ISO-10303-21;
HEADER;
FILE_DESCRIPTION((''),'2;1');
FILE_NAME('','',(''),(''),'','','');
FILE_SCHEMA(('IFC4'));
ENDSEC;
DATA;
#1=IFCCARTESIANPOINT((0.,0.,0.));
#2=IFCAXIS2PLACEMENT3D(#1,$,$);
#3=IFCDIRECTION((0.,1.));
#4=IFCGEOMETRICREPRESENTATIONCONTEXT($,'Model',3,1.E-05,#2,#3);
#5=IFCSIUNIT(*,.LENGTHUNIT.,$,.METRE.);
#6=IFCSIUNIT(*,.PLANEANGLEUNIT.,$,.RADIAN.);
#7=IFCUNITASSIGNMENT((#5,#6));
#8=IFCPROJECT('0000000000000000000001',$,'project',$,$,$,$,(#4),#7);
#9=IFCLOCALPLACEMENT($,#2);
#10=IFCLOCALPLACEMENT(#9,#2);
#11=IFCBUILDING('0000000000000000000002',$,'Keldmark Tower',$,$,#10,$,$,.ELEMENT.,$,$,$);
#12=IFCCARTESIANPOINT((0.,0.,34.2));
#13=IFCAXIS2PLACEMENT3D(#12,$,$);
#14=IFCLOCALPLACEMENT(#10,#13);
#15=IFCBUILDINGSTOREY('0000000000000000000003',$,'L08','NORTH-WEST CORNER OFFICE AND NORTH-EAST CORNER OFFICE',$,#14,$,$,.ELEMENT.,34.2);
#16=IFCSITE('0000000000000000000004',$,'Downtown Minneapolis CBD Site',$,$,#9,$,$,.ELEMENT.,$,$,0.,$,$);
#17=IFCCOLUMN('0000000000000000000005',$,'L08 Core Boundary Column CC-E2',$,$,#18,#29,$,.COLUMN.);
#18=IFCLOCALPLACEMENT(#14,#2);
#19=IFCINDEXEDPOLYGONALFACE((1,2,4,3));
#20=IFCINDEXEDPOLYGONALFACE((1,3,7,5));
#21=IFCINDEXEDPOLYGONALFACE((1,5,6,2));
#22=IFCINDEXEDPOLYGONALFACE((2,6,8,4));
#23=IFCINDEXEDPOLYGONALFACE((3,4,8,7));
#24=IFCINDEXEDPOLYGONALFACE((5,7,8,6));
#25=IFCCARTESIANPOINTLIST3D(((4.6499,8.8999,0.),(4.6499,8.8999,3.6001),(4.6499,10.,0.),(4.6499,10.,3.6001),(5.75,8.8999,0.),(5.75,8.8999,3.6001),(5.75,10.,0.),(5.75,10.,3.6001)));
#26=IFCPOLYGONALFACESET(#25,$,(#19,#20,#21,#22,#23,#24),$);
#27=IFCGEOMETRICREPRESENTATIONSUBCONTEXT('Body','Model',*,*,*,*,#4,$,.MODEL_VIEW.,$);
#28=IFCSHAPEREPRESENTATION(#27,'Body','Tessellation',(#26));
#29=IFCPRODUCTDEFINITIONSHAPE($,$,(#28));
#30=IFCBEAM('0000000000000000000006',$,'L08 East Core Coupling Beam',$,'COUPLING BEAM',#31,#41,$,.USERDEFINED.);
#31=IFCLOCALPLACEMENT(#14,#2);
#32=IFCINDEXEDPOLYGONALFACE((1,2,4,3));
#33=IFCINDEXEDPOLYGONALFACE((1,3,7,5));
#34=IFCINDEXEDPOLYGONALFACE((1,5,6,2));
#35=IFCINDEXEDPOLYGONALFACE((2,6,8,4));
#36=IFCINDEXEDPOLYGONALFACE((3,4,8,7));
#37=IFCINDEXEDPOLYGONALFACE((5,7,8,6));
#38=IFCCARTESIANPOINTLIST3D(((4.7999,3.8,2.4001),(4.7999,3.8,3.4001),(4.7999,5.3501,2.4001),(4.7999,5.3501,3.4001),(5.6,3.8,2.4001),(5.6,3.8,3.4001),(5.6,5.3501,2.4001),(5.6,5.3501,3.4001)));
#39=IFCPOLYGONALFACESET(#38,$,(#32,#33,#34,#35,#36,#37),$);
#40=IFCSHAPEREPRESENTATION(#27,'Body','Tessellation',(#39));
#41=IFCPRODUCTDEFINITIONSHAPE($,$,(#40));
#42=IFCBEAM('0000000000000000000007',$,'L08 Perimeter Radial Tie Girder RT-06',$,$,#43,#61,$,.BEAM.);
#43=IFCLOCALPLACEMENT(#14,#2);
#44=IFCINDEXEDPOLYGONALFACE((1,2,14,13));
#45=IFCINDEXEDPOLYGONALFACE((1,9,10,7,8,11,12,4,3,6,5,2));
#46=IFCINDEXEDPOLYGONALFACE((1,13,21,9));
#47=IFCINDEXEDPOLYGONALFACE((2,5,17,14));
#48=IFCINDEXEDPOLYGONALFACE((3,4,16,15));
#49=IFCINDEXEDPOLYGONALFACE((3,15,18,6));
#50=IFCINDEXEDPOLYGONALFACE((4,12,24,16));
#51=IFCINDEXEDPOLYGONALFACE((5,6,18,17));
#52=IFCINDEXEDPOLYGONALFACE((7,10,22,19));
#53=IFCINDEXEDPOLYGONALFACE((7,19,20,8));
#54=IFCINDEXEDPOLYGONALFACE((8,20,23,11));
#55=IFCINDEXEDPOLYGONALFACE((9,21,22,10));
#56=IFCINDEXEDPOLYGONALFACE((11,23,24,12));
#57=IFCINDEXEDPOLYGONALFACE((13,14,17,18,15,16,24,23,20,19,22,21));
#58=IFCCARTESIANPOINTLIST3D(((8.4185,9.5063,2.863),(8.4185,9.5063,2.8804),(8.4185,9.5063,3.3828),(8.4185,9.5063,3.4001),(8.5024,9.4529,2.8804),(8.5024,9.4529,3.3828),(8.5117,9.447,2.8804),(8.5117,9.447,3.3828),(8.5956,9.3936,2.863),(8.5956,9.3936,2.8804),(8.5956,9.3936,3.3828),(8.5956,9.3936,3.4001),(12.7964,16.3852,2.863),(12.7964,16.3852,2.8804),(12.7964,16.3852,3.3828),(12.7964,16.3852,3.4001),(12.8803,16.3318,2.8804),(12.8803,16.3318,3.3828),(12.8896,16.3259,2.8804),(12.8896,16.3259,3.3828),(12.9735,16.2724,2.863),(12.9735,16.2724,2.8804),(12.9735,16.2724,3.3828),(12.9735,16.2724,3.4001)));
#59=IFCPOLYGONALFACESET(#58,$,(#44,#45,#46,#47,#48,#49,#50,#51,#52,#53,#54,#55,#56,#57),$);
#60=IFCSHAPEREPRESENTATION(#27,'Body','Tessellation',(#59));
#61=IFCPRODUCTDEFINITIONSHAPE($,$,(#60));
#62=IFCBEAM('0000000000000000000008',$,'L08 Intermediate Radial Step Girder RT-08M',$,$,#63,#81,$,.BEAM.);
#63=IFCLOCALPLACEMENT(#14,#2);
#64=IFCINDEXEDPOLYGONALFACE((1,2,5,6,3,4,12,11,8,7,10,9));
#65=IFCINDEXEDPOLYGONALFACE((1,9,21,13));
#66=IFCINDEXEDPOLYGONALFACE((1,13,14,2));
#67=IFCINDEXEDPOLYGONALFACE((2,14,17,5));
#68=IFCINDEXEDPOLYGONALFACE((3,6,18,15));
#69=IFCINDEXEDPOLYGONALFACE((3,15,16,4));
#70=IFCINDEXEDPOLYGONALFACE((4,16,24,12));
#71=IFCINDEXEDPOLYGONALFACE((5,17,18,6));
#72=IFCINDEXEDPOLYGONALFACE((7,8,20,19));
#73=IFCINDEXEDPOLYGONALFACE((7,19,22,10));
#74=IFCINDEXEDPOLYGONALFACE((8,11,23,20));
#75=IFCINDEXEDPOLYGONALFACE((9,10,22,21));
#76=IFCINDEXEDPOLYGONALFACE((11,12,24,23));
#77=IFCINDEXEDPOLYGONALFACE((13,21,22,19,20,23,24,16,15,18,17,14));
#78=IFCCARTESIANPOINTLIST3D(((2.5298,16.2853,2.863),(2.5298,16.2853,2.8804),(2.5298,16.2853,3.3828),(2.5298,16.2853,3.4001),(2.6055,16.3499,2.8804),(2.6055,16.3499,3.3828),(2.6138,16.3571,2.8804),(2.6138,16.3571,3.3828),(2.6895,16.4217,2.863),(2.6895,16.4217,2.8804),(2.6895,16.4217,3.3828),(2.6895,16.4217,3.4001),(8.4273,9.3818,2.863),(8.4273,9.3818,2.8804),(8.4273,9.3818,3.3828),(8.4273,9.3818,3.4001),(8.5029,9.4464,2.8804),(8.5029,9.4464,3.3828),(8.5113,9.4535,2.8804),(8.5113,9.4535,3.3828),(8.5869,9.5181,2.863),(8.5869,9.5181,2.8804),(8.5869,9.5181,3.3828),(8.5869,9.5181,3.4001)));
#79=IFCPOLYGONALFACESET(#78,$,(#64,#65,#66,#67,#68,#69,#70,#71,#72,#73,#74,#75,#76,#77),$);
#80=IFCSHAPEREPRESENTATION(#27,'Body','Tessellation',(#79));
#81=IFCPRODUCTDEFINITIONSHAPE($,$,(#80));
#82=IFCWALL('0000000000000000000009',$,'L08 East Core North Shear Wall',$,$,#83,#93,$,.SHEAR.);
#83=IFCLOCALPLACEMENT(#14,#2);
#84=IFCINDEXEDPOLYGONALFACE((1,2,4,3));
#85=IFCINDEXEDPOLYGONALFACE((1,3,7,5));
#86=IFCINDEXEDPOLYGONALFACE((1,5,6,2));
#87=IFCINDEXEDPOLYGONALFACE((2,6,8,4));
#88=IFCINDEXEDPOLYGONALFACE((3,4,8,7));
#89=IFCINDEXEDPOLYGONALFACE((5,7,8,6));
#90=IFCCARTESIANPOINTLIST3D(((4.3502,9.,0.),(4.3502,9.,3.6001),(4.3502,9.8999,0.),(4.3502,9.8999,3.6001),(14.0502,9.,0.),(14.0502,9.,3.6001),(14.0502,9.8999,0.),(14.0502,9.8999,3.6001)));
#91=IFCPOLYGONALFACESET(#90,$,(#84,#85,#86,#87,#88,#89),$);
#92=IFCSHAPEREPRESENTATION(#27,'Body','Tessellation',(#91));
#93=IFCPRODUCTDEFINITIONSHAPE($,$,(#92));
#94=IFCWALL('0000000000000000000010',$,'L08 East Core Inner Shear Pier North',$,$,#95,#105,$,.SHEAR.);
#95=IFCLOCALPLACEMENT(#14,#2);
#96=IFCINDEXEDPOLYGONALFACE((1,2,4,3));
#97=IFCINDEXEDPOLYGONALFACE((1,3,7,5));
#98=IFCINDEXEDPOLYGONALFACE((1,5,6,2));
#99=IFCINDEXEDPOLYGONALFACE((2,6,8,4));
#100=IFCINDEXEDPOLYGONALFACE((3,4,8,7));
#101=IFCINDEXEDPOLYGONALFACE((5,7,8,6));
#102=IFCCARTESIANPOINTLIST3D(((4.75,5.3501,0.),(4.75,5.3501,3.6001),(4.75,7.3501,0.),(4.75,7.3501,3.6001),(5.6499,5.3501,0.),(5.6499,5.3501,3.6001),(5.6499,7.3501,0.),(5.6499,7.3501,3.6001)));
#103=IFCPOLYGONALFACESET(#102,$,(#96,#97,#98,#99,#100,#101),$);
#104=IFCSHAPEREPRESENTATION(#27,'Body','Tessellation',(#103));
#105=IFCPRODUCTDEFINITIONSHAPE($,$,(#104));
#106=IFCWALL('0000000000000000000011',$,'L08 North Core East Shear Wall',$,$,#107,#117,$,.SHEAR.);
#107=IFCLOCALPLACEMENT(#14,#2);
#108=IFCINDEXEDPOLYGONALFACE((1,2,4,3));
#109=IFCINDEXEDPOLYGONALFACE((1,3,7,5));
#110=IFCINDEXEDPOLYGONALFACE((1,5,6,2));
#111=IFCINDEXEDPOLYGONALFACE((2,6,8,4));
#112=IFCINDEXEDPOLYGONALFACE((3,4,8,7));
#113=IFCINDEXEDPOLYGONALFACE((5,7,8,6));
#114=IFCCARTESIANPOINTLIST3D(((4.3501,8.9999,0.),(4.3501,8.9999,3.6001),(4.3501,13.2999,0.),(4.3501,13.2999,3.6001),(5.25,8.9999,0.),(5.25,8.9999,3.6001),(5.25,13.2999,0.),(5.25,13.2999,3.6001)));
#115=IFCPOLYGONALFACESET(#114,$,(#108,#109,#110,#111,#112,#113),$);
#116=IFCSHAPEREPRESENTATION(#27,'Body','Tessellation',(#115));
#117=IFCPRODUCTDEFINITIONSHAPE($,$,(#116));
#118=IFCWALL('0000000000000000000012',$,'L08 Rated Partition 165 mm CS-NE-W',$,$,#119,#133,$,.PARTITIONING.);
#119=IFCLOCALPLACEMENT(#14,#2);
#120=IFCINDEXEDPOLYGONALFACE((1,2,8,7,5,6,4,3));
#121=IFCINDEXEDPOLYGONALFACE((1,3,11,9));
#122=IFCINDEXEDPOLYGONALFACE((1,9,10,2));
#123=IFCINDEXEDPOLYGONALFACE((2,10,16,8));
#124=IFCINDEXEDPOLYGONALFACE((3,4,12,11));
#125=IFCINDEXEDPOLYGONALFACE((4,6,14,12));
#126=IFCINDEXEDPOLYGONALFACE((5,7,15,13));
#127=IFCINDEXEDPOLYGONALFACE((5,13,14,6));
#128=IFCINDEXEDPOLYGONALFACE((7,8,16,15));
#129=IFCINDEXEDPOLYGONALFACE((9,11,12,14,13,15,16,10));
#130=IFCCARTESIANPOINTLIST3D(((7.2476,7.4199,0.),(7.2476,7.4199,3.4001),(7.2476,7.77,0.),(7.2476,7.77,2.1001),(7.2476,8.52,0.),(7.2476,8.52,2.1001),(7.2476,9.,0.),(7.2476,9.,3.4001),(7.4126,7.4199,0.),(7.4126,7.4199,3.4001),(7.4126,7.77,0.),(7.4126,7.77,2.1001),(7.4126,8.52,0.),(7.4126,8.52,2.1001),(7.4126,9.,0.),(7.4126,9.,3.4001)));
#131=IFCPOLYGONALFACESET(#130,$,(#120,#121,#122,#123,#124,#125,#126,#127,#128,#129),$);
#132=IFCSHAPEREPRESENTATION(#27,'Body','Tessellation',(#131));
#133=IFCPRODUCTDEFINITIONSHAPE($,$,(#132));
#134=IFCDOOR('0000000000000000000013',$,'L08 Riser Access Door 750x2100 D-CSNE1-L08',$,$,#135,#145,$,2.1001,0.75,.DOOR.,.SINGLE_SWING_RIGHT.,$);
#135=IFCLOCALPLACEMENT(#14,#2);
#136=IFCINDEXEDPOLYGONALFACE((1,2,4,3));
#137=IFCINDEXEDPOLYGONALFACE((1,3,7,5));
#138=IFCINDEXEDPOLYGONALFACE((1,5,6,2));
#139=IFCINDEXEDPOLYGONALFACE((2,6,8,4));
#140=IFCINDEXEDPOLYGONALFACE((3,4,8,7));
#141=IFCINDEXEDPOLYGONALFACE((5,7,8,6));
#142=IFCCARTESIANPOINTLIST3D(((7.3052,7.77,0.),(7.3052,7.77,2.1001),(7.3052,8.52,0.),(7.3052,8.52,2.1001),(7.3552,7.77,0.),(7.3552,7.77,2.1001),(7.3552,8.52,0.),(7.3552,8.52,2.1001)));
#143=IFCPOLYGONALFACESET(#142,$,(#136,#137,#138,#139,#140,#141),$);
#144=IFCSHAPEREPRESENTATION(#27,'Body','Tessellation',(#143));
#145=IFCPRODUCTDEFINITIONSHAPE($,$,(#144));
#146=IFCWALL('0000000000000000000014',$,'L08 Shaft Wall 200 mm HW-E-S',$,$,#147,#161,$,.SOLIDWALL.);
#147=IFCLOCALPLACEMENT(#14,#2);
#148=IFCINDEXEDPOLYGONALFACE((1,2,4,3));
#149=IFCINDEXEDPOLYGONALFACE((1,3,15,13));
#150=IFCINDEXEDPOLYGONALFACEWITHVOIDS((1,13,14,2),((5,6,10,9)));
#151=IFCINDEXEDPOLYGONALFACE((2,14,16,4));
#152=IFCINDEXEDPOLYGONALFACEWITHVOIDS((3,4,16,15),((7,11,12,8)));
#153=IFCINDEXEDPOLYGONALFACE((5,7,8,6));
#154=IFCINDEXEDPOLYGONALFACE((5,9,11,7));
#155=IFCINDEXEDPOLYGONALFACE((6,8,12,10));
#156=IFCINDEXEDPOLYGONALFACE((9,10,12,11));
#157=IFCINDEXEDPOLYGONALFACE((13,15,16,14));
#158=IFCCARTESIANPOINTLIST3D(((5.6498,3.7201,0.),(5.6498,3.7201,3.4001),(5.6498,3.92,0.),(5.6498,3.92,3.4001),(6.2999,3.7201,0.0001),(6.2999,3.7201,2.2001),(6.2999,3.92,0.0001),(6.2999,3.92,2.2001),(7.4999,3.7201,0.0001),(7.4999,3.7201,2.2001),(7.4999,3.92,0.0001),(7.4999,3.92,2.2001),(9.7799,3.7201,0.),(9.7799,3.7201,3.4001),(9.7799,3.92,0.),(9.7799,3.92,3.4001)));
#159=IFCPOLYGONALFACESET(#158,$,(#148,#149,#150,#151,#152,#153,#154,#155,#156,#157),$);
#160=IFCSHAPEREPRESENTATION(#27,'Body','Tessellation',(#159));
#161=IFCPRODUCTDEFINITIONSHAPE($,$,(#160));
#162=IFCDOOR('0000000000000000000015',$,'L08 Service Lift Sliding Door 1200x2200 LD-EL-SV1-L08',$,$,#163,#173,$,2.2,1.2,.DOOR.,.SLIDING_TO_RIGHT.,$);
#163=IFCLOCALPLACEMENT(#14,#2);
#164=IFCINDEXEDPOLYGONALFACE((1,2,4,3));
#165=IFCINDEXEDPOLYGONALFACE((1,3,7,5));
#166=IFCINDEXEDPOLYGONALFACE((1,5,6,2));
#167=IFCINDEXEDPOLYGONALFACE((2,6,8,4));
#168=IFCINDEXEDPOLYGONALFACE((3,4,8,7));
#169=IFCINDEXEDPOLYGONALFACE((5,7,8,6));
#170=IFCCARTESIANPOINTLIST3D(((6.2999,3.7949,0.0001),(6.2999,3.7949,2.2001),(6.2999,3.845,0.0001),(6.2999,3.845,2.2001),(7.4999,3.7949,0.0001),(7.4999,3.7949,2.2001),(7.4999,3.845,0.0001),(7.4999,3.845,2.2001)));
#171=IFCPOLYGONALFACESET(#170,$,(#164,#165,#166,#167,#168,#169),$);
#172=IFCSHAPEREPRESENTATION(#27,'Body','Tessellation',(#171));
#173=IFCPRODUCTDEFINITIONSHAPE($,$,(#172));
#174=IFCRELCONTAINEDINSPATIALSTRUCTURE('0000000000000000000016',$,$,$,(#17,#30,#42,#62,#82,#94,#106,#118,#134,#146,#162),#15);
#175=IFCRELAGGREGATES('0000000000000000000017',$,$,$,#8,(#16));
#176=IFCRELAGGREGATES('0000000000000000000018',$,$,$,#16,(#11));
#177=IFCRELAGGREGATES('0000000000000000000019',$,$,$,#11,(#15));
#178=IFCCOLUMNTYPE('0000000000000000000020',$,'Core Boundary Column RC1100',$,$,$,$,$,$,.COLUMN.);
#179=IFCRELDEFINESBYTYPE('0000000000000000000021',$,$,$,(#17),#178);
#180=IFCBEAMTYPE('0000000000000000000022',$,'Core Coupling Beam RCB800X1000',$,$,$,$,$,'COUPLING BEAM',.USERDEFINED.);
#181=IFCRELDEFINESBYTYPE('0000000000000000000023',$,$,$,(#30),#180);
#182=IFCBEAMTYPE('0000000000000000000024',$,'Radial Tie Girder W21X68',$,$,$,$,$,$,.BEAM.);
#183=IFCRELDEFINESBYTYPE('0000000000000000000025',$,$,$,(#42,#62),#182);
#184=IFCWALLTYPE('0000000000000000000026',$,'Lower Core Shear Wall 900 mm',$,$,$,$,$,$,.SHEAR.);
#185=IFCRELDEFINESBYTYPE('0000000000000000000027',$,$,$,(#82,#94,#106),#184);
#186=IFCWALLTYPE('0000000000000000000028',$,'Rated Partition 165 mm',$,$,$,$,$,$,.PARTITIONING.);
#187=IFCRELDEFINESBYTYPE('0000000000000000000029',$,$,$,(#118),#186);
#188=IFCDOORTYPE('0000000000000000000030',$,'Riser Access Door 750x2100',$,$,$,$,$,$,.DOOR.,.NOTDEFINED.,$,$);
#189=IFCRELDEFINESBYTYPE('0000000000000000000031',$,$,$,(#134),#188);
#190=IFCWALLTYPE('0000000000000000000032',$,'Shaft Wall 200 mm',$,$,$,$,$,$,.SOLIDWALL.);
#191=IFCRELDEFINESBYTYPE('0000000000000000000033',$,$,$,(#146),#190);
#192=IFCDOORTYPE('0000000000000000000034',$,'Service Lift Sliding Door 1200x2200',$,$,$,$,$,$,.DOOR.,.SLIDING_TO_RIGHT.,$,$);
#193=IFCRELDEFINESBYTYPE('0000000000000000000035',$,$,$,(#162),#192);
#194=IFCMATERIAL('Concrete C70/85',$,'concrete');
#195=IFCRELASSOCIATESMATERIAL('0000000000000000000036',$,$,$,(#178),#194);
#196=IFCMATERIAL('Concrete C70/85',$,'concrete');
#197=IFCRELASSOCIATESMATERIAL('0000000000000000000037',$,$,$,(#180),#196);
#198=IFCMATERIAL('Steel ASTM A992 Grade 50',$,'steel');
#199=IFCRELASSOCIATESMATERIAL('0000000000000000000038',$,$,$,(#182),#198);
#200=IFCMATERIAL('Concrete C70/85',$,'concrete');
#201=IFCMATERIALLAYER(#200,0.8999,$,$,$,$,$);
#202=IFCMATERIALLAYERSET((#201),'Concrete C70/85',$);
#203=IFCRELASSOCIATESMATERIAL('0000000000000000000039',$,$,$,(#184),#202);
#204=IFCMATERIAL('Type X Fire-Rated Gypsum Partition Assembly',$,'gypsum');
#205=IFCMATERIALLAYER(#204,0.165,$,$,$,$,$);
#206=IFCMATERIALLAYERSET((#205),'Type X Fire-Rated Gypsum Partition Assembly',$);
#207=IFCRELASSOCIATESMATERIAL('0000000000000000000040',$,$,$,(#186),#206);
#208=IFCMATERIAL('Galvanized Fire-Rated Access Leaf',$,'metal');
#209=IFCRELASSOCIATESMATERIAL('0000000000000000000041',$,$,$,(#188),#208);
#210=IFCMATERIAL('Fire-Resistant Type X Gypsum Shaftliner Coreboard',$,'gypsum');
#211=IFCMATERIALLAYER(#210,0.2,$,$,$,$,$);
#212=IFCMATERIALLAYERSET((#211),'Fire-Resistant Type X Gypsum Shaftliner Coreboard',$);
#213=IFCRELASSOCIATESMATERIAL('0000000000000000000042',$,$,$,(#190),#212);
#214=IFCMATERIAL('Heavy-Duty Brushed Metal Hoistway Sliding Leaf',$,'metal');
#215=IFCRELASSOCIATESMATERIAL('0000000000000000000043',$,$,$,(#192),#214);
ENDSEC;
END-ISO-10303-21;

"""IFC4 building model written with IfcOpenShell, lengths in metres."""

from ifc_helpers import new_model, si_unit, direction, frame, frame_2d, origin, origin_2d, place, context, subcontext, project, spatial, rectangle, i_section, extrude, material, layer, layer_set, material_profile, profile_set, type_object, element, fill, save


model = new_model("IFC4")

# Units and contexts
model_context = context("Model", 3, precision=1e-05, world=origin(), true_north=direction((0.0, 1.0)))
body_context = subcontext(model_context, "Body", "Model", "MODEL_VIEW")
ifc_project = project(units=[si_unit("LENGTHUNIT", "METRE"), si_unit("PLANEANGLEUNIT", "RADIAN")], contexts=[model_context])

# Site, building, storey
site_placement = place(None, origin())
site = spatial("IfcSite", under=ifc_project, at=site_placement, Name="Downtown Minneapolis CBD Site", CompositionType="ELEMENT", RefElevation=0.0)
building_placement = place(site_placement, origin())
building = spatial("IfcBuilding", under=site, at=building_placement, Name="Keldmark Tower", CompositionType="ELEMENT")
storey_placement = place(building_placement, frame((0.0, 0.0, 34.2)))
storey = spatial("IfcBuildingStorey", under=building, at=storey_placement, Name="L08", Description="NORTH-WEST CORNER OFFICE AND NORTH-EAST CORNER OFFICE", CompositionType="ELEMENT", Elevation=34.2)

# Column
ifc_material_1 = material(Name="Concrete C70/85", Category="concrete")
ifc_material_profile_1 = material_profile(ifc_material_1, rectangle(XDim=1.1001, YDim=1.1001, at=origin_2d()), Name="RC1100X1100")
ifc_profile_set_1 = profile_set([ifc_material_profile_1], Name="Concrete C70/85")
column_type = type_object("IfcColumnType", Name="Core Boundary Column RC1100", PredefinedType="COLUMN", material=ifc_profile_set_1)
column_placement = place(storey_placement, frame((5.2, 9.45, 0.0), z_axis=(0.0, 0.0, 1.0), x_axis=(1.0, 0.0, 0.0)))
element("IfcColumn", 1, at=column_placement, inside=storey, type_object=column_type, Name="L08 Core Boundary Column CC-E2", PredefinedType="COLUMN", context=body_context, shape_type="SweptSolid", body=[
    extrude(rectangle(XDim=1.1001, YDim=1.1001, at=origin_2d()), origin(), (0.0, 0.0, 1.0), 3.6001),
])

# Beams
ifc_material_2 = material(Name="Concrete C70/85", Category="concrete")
ifc_material_profile_2 = material_profile(ifc_material_2, rectangle(XDim=0.8, YDim=1.0, at=origin_2d()), Name="RCB800X1000")
ifc_profile_set_2 = profile_set([ifc_material_profile_2], Name="Concrete C70/85")
beam_type_1 = type_object("IfcBeamType", Name="Core Coupling Beam RCB800X1000", ElementType="COUPLING BEAM", PredefinedType="USERDEFINED", material=ifc_profile_set_2)
beam_1_placement = place(storey_placement, frame((5.2, 3.8, 2.9001), z_axis=(0.0, 1.0, 0.0), x_axis=(-1.0, 0.0, 0.0)))
element("IfcBeam", 2, at=beam_1_placement, inside=storey, type_object=beam_type_1, Name="L08 East Core Coupling Beam", ObjectType="COUPLING BEAM", PredefinedType="USERDEFINED", context=body_context, shape_type="SweptSolid", body=[
    extrude(rectangle(XDim=0.8, YDim=1.0, at=origin_2d()), origin(), (0.0, 0.0, 1.0), 1.55),
])
ifc_material_3 = material(Name="Steel ASTM A992 Grade 50", Category="steel")
ifc_material_profile_3 = material_profile(ifc_material_3, i_section(OverallWidth=0.21, OverallDepth=0.5371, WebThickness=0.011, FlangeThickness=0.0173, at=origin_2d()), Name="W21X68")
ifc_profile_set_3 = profile_set([ifc_material_profile_3], Name="Steel ASTM A992 Grade 50")
beam_type_2 = type_object("IfcBeamType", Name="Radial Tie Girder W21X68", PredefinedType="BEAM", material=ifc_profile_set_3)
beam_2_placement = place(storey_placement, frame((8.5071, 9.45, 3.1316), z_axis=(0.536914, 0.843637, 0.0), x_axis=(-0.843637, 0.536914, 0.0)))
element("IfcBeam", 3, at=beam_2_placement, inside=storey, type_object=beam_type_2, Name="L08 Perimeter Radial Tie Girder RT-06", PredefinedType="BEAM", context=body_context, shape_type="SweptSolid", body=[
    extrude(i_section(OverallWidth=0.21, OverallDepth=0.5371, WebThickness=0.011, FlangeThickness=0.0173, at=origin_2d()), origin(), (0.0, 0.0, 1.0), 8.1538),
])
beam_3_placement = place(storey_placement, frame((8.5071, 9.45, 3.1316), z_axis=(-0.649528, 0.760337, 0.0), x_axis=(-0.760337, -0.649528, 0.0)))
element("IfcBeam", 4, at=beam_3_placement, inside=storey, type_object=beam_type_2, Name="L08 Intermediate Radial Step Girder RT-08M", PredefinedType="BEAM", context=body_context, shape_type="SweptSolid", body=[
    extrude(i_section(OverallWidth=0.21, OverallDepth=0.5371, WebThickness=0.011, FlangeThickness=0.0173, at=origin_2d()), origin(), (0.0, 0.0, 1.0), 9.0796),
])

# Walls
ifc_material_4 = material(Name="Concrete C70/85", Category="concrete")
ifc_layer_1 = layer(ifc_material_4, 0.8999)
ifc_layer_set_1 = layer_set([ifc_layer_1], Name="Concrete C70/85")
wall_type_1 = type_object("IfcWallType", Name="Lower Core Shear Wall 900 mm", PredefinedType="SHEAR", material=ifc_layer_set_1)
wall_1_placement = place(storey_placement, frame((4.3501, 9.45, 0.0), z_axis=(0.0, 0.0, 1.0), x_axis=(1.0, 0.0, 0.0)))
element("IfcWall", 5, at=wall_1_placement, inside=storey, type_object=wall_type_1, Name="L08 East Core North Shear Wall", PredefinedType="SHEAR", context=body_context, shape_type="SweptSolid", body=[
    extrude(rectangle(XDim=9.7, YDim=0.8999, at=frame_2d((4.8501, 0.0))), origin(), (0.0, 0.0, 1.0), 3.6001),
])
wall_2_placement = place(storey_placement, frame((5.2, 5.3501, 0.0), z_axis=(0.0, 0.0, 1.0), x_axis=(0.0, 1.0, 0.0)))
element("IfcWall", 6, at=wall_2_placement, inside=storey, type_object=wall_type_1, Name="L08 East Core Inner Shear Pier North", PredefinedType="SHEAR", context=body_context, shape_type="SweptSolid", body=[
    extrude(rectangle(XDim=2.0, YDim=0.8999, at=frame_2d((1.0, 0.0))), origin(), (0.0, 0.0, 1.0), 3.6001),
])
wall_3_placement = place(storey_placement, frame((4.8, 9.0, 0.0), z_axis=(0.0, 0.0, 1.0), x_axis=(0.0, 1.0, 0.0)))
element("IfcWall", 7, at=wall_3_placement, inside=storey, type_object=wall_type_1, Name="L08 North Core East Shear Wall", PredefinedType="SHEAR", context=body_context, shape_type="SweptSolid", body=[
    extrude(rectangle(XDim=4.3, YDim=0.8999, at=frame_2d((2.1499, 0.0))), origin(), (0.0, 0.0, 1.0), 3.6001),
])

# Walls, openings, doors
ifc_material_5 = material(Name="Type X Fire-Rated Gypsum Partition Assembly", Category="gypsum")
ifc_layer_2 = layer(ifc_material_5, 0.165)
ifc_layer_set_2 = layer_set([ifc_layer_2], Name="Type X Fire-Rated Gypsum Partition Assembly")
wall_type_2 = type_object("IfcWallType", Name="Rated Partition 165 mm", PredefinedType="PARTITIONING", material=ifc_layer_set_2)
wall_4_placement = place(storey_placement, frame((7.3301, 7.4199, 0.0), z_axis=(0.0, 0.0, 1.0), x_axis=(0.0, 1.0, 0.0)))
wall_4 = element("IfcWall", 8, at=wall_4_placement, inside=storey, type_object=wall_type_2, Name="L08 Rated Partition 165 mm CS-NE-W", PredefinedType="PARTITIONING", context=body_context, shape_type="SweptSolid", body=[
    extrude(rectangle(XDim=1.5801, YDim=0.165, at=frame_2d((0.79, 0.0))), origin(), (0.0, 0.0, 1.0), 3.4001),
])
opening_1_placement = place(wall_4_placement, frame((0.3501, 0.0, 0.0)))
opening_1 = element("IfcOpeningElement", 9, at=opening_1_placement, cuts=wall_4, PredefinedType="OPENING", context=body_context, shape_type="SweptSolid", body=[
    extrude(rectangle(XDim=0.75, YDim=2.1001, at=frame_2d((0.375, 1.05))), frame((0.0, 0.0925, 0.0), z_axis=(0.0, -1.0, 0.0), x_axis=(1.0, 0.0, 0.0)), (0.0, 0.0, 1.0), 0.1851),
])
ifc_material_6 = material(Name="Galvanized Fire-Rated Access Leaf", Category="metal")
door_type_1 = type_object("IfcDoorType", Name="Riser Access Door 750x2100", OperationType="NOTDEFINED", PredefinedType="DOOR", material=ifc_material_6)
door_1_placement = place(opening_1_placement, origin())
door_1 = element("IfcDoor", 10, at=door_1_placement, inside=storey, type_object=door_type_1, Name="L08 Riser Access Door 750x2100 D-CSNE1-L08", OperationType="SINGLE_SWING_RIGHT", OverallHeight=2.1001, OverallWidth=0.75, PredefinedType="DOOR", context=body_context, shape_type="SweptSolid", body=[
    extrude(rectangle(XDim=0.75, YDim=2.1001, at=frame_2d((0.375, 1.05))), frame((0.0, 0.0249, 0.0), z_axis=(0.0, -1.0, 0.0), x_axis=(1.0, 0.0, 0.0)), (0.0, 0.0, 1.0), 0.05),
])
fill(opening_1, door_1)
ifc_material_7 = material(Name="Fire-Resistant Type X Gypsum Shaftliner Coreboard", Category="gypsum")
ifc_layer_3 = layer(ifc_material_7, 0.2)
ifc_layer_set_3 = layer_set([ifc_layer_3], Name="Fire-Resistant Type X Gypsum Shaftliner Coreboard")
wall_type_3 = type_object("IfcWallType", Name="Shaft Wall 200 mm", PredefinedType="SOLIDWALL", material=ifc_layer_set_3)
wall_5_placement = place(storey_placement, frame((5.6499, 3.8201, 0.0), z_axis=(0.0, 0.0, 1.0), x_axis=(1.0, 0.0, 0.0)))
wall_5 = element("IfcWall", 11, at=wall_5_placement, inside=storey, type_object=wall_type_3, Name="L08 Shaft Wall 200 mm HW-E-S", PredefinedType="SOLIDWALL", context=body_context, shape_type="SweptSolid", body=[
    extrude(rectangle(XDim=4.1301, YDim=0.2, at=frame_2d((2.0649, 0.0))), origin(), (0.0, 0.0, 1.0), 3.4001),
])
opening_2_placement = place(wall_5_placement, frame((0.6499, 0.0, 0.0)))
opening_2 = element("IfcOpeningElement", 12, at=opening_2_placement, cuts=wall_5, PredefinedType="OPENING", context=body_context, shape_type="SweptSolid", body=[
    extrude(rectangle(XDim=1.2, YDim=2.2, at=frame_2d((0.6001, 1.1001))), frame((0.0, 0.1099, 0.0), z_axis=(0.0, -1.0, 0.0), x_axis=(1.0, 0.0, 0.0)), (0.0, 0.0, 1.0), 0.22),
])
ifc_material_8 = material(Name="Heavy-Duty Brushed Metal Hoistway Sliding Leaf", Category="metal")
door_type_2 = type_object("IfcDoorType", Name="Service Lift Sliding Door 1200x2200", OperationType="SLIDING_TO_RIGHT", PredefinedType="DOOR", material=ifc_material_8)
door_2_placement = place(opening_2_placement, origin())
door_2 = element("IfcDoor", 13, at=door_2_placement, inside=storey, type_object=door_type_2, Name="L08 Service Lift Sliding Door 1200x2200 LD-EL-SV1-L08", OperationType="SLIDING_TO_RIGHT", OverallHeight=2.2, OverallWidth=1.2, PredefinedType="DOOR", context=body_context, shape_type="SweptSolid", body=[
    extrude(rectangle(XDim=1.2, YDim=2.2, at=frame_2d((0.6001, 1.1001))), frame((0.0, 0.0249, 0.0), z_axis=(0.0, -1.0, 0.0), x_axis=(1.0, 0.0, 0.0)), (0.0, 0.0, 1.0), 0.05),
])
fill(opening_2, door_2)

save(model, "model.ifc")
